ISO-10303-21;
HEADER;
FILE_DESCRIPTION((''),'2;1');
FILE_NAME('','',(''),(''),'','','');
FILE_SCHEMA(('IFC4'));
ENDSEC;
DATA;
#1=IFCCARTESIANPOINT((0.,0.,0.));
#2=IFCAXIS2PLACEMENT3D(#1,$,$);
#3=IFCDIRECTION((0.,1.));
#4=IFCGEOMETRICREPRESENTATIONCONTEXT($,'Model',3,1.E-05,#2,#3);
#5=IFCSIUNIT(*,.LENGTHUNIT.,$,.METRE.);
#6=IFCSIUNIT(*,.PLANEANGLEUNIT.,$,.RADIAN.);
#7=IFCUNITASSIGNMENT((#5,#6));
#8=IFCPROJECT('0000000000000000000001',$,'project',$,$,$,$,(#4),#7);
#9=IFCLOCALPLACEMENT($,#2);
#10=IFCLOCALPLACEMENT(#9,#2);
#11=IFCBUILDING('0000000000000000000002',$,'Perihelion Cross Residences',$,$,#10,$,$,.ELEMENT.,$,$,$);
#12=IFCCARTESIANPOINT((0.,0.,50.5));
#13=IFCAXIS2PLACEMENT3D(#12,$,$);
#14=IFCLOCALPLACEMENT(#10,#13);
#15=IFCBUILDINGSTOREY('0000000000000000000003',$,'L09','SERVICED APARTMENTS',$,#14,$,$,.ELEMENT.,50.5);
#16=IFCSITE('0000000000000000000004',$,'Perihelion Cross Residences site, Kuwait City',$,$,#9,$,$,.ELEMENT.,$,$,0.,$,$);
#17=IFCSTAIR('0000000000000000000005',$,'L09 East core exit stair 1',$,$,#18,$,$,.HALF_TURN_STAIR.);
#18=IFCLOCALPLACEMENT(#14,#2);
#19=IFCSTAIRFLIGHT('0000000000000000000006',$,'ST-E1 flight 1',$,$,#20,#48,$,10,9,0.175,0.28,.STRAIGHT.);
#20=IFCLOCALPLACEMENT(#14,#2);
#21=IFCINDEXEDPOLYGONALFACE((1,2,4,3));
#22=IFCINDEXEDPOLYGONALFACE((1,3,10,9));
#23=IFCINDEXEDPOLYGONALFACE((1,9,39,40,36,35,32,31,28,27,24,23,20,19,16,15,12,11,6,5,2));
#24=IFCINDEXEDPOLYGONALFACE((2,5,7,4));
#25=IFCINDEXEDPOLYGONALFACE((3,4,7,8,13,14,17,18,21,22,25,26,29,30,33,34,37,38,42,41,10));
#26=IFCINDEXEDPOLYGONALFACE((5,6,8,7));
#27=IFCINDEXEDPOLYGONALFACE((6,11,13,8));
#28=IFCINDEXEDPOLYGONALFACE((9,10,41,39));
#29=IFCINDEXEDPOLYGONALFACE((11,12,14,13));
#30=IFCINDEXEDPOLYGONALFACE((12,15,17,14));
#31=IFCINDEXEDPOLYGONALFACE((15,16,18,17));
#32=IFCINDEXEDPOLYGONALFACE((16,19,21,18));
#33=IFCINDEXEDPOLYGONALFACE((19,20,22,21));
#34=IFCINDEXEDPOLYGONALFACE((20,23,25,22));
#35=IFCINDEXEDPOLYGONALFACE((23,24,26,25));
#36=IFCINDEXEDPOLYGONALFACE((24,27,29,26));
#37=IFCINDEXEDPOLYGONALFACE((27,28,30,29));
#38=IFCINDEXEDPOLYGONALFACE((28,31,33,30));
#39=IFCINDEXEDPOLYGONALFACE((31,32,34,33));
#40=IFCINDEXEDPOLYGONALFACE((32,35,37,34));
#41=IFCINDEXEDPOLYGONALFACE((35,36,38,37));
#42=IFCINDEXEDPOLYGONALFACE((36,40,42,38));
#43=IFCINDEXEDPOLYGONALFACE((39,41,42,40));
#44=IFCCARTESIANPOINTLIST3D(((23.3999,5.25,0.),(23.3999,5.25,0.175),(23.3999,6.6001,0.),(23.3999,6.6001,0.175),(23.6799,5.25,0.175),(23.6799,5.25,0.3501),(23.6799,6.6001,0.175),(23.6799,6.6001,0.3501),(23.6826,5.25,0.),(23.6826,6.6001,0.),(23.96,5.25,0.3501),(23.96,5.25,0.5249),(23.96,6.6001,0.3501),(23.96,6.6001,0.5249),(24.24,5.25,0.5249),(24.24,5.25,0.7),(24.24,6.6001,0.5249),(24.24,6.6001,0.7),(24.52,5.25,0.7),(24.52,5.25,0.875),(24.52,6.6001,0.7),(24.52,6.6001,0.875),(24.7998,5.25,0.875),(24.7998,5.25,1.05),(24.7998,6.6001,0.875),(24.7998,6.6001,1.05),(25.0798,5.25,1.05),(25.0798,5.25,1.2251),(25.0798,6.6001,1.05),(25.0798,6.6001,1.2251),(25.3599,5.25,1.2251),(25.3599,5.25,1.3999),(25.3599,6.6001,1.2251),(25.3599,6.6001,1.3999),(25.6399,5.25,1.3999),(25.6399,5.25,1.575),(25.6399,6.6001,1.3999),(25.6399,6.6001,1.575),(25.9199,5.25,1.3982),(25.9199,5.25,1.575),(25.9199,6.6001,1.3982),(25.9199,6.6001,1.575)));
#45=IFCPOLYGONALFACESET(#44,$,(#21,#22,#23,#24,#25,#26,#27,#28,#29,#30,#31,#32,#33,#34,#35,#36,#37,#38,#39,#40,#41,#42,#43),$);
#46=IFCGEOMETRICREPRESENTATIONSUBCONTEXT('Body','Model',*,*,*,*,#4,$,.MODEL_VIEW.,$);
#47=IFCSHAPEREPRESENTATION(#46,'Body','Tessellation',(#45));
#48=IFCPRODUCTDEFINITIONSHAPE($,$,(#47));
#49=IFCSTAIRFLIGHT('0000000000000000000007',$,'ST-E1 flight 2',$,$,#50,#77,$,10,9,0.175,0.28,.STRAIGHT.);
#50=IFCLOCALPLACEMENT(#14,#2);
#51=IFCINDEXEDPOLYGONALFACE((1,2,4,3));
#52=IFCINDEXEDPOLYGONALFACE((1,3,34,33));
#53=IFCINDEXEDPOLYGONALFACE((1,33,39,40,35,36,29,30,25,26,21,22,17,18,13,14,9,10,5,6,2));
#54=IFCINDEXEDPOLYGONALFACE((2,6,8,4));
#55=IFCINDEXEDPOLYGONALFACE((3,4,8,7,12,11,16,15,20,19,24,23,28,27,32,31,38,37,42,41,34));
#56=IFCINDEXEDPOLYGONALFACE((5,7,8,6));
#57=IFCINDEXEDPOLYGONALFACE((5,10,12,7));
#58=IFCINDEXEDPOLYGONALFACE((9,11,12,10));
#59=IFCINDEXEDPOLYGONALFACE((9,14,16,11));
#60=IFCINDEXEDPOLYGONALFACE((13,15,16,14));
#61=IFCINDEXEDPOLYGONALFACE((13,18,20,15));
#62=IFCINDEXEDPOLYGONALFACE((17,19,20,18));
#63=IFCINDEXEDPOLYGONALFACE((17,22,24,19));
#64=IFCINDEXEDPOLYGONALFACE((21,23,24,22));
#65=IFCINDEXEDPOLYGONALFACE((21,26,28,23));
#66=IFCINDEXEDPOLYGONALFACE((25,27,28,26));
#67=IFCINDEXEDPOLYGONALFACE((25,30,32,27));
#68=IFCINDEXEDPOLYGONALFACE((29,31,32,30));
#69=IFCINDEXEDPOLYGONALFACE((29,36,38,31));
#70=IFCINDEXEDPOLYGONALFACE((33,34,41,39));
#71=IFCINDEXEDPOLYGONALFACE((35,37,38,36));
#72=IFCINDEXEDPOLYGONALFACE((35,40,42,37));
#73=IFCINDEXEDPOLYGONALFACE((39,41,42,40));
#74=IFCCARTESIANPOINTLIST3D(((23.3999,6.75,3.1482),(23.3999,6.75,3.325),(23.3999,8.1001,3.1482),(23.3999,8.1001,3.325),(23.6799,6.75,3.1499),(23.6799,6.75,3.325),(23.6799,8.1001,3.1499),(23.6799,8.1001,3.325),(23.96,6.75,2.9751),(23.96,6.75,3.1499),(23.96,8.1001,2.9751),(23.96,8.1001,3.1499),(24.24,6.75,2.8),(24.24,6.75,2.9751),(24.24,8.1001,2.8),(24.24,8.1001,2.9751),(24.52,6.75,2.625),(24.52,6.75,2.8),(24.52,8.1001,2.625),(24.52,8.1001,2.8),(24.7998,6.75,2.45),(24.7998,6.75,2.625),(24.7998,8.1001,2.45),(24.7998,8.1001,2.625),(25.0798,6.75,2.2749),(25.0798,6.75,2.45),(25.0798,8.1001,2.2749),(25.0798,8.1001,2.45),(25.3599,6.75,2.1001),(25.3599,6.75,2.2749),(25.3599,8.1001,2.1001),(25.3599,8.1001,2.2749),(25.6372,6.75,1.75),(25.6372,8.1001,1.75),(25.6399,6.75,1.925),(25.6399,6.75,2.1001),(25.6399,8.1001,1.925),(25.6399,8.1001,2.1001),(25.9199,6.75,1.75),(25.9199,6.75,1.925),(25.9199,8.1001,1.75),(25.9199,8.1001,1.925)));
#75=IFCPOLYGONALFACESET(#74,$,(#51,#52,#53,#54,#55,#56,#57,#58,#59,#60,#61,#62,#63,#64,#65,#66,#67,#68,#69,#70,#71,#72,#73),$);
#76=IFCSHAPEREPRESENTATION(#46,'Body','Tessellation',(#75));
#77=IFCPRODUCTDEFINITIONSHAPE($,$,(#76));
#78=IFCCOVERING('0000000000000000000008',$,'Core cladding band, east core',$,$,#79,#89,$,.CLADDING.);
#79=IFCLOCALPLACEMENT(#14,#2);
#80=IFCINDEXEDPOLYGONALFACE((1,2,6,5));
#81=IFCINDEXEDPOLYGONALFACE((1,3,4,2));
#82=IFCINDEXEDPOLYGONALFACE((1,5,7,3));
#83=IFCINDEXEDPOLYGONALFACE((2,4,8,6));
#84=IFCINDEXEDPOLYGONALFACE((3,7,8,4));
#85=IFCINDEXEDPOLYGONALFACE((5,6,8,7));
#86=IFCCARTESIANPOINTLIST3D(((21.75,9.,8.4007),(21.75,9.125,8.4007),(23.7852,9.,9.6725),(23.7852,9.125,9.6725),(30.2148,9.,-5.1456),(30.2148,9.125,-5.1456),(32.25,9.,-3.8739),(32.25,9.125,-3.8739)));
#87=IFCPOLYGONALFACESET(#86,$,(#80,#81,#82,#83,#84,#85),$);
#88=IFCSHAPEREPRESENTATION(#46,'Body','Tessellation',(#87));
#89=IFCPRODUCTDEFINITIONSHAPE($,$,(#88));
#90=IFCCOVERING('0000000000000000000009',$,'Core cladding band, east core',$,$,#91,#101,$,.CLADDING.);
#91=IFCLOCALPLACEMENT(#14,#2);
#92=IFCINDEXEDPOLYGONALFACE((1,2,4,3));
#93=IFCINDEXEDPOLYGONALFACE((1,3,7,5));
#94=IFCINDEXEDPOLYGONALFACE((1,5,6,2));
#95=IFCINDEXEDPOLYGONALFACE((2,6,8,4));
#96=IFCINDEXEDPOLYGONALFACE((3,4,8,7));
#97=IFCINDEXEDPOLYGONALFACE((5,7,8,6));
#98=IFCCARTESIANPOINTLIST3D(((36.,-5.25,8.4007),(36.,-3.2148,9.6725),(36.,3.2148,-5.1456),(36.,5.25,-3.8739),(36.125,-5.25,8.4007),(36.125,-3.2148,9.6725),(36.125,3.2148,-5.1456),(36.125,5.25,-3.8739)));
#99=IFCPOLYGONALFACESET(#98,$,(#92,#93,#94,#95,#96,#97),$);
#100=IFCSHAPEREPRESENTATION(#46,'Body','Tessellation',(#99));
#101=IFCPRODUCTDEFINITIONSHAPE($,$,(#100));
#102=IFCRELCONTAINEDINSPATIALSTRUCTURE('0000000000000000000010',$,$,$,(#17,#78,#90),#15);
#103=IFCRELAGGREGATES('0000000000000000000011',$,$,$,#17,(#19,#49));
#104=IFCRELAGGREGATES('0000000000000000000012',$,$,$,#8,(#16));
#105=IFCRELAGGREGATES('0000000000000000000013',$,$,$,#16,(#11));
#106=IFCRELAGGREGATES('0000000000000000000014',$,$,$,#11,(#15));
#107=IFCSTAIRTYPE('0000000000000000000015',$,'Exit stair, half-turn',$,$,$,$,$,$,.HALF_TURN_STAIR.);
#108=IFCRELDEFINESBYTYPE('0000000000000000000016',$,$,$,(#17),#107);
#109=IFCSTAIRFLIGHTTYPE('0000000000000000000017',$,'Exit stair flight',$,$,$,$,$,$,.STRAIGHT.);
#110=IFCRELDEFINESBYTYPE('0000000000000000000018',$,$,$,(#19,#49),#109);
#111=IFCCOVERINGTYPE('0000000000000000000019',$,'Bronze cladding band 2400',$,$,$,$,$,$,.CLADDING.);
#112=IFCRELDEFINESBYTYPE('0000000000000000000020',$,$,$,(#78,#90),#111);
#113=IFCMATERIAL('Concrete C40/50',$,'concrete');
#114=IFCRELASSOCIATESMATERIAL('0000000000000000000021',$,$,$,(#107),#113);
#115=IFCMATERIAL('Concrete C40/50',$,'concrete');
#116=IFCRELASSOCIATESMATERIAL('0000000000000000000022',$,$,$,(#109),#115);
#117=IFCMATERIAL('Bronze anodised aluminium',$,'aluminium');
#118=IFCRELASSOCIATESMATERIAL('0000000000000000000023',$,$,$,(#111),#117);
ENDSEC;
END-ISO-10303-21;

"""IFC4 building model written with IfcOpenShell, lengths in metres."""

from ifc_helpers import new_model, si_unit, direction, frame, origin, origin_2d, place, context, subcontext, project, spatial, polyline, rectangle, outline, extrude, material, material_profile, profile_set, type_object, element, aggregate, save


model = new_model("IFC4")

# Units and contexts
model_context = context("Model", 3, precision=1e-05, world=origin(), true_north=direction((0.0, 1.0)))
body_context = subcontext(model_context, "Body", "Model", "MODEL_VIEW")
ifc_project = project(units=[si_unit("LENGTHUNIT", "METRE"), si_unit("PLANEANGLEUNIT", "RADIAN")], contexts=[model_context])

# Site, building, storey
site_placement = place(None, origin())
site = spatial("IfcSite", under=ifc_project, at=site_placement, Name="Perihelion Cross Residences site, Kuwait City", CompositionType="ELEMENT", RefElevation=0.0)
building_placement = place(site_placement, origin())
building = spatial("IfcBuilding", under=site, at=building_placement, Name="Perihelion Cross Residences", CompositionType="ELEMENT")
storey_placement = place(building_placement, frame((0.0, 0.0, 50.5)))
storey = spatial("IfcBuildingStorey", under=building, at=storey_placement, Name="L09", Description="SERVICED APARTMENTS", CompositionType="ELEMENT", Elevation=50.5)

# Stair, stair flights
ifc_material_1 = material(Name="Concrete C40/50", Category="concrete")
stair_type = type_object("IfcStairType", Name="Exit stair, half-turn", PredefinedType="HALF_TURN_STAIR", material=ifc_material_1)
stair_placement = place(storey_placement, origin())
stair = element("IfcStair", 1, at=stair_placement, inside=storey, type_object=stair_type, Name="L09 East core exit stair 1", PredefinedType="HALF_TURN_STAIR")
ifc_material_2 = material(Name="Concrete C40/50", Category="concrete")
stair_flight_type = type_object("IfcStairFlightType", Name="Exit stair flight", PredefinedType="STRAIGHT", material=ifc_material_2)
stair_flight_1_placement = place(storey_placement, frame((23.3999, 5.925, 0.0), z_axis=(0.0, 0.0, 1.0), x_axis=(1.0, 0.0, 0.0)))
stair_flight_1 = element("IfcStairFlight", 2, at=stair_flight_1_placement, type_object=stair_flight_type, Name="ST-E1 flight 1", NumberOfRisers=10, NumberOfTreads=9, PredefinedType="STRAIGHT", RiserHeight=0.175, TreadLength=0.28, context=body_context, shape_type="SweptSolid", body=[
    extrude(outline(polyline([(0.0, 0.0), (0.0, 0.175), (0.28, 0.175), (0.28, 0.3501), (0.5601, 0.3501), (0.5601, 0.5249), (0.8401, 0.5249), (0.8401, 0.7), (1.1201, 0.7), (1.1201, 0.875), (1.3999, 0.875), (1.3999, 1.05), (1.6799, 1.05), (1.6799, 1.2251), (1.96, 1.2251), (1.96, 1.3999), (2.24, 1.3999), (2.24, 1.575), (2.52, 1.575), (2.52, 1.75), (2.52, 1.3982), (0.2827, 0.0), (0.0, 0.0)])), frame((0.0, 0.675, 0.0), z_axis=(0.0, -1.0, 0.0), x_axis=(1.0, 0.0, 0.0)), (0.0, 0.0, 1.0), 1.3501),
])
stair_flight_2_placement = place(storey_placement, frame((25.9199, 7.425, 1.75), z_axis=(0.0, 0.0, 1.0), x_axis=(-1.0, 0.0, 0.0)))
stair_flight_2 = element("IfcStairFlight", 3, at=stair_flight_2_placement, type_object=stair_flight_type, Name="ST-E1 flight 2", NumberOfRisers=10, NumberOfTreads=9, PredefinedType="STRAIGHT", RiserHeight=0.175, TreadLength=0.28, context=body_context, shape_type="SweptSolid", body=[
    extrude(outline(polyline([(0.0, 0.0), (0.0, 0.175), (0.28, 0.175), (0.28, 0.3501), (0.5601, 0.3501), (0.5601, 0.5249), (0.8401, 0.5249), (0.8401, 0.7), (1.1201, 0.7), (1.1201, 0.875), (1.3999, 0.875), (1.3999, 1.05), (1.6799, 1.05), (1.6799, 1.2251), (1.96, 1.2251), (1.96, 1.3999), (2.24, 1.3999), (2.24, 1.575), (2.52, 1.575), (2.52, 1.75), (2.52, 1.3982), (0.2827, 0.0), (0.0, 0.0)])), frame((0.0, 0.675, 0.0), z_axis=(0.0, -1.0, 0.0), x_axis=(1.0, 0.0, 0.0)), (0.0, 0.0, 1.0), 1.3501),
])
aggregate(stair, [stair_flight_1, stair_flight_2])

# Coverings
ifc_material_3 = material(Name="Bronze anodised aluminium", Category="aluminium")
ifc_material_profile = material_profile(ifc_material_3, rectangle(XDim=0.125, YDim=2.3999, at=origin_2d()), Name="Bronze cladding band 2400")
ifc_profile_set = profile_set([ifc_material_profile], Name="Bronze anodised aluminium")
covering_type = type_object("IfcCoveringType", Name="Bronze cladding band 2400", PredefinedType="CLADDING", material=ifc_profile_set)
for number, where, z_axis, x_axis, name in (
    (4, (31.2324, 9.0625, -4.5098), (-0.529925, 0.0, 0.848045), (0.0, -1.0, 0.0), "Core cladding band, east core"),
    (5, (36.0625, 4.2324, -4.5098), (0.0, -0.529925, 0.848045), (1.0, 0.0, 0.0), "Core cladding band, east core"),
):
    element("IfcCovering", number, at=place(storey_placement, frame(where, z_axis=z_axis, x_axis=x_axis)), inside=storey, type_object=covering_type, Name=name, PredefinedType="CLADDING", context=body_context, shape_type="SweptSolid", body=[
        extrude(rectangle(XDim=0.125, YDim=2.3999, at=origin_2d()), origin(), (0.0, 0.0, 1.0), 15.9736),
    ])

save(model, "model.ifc")
